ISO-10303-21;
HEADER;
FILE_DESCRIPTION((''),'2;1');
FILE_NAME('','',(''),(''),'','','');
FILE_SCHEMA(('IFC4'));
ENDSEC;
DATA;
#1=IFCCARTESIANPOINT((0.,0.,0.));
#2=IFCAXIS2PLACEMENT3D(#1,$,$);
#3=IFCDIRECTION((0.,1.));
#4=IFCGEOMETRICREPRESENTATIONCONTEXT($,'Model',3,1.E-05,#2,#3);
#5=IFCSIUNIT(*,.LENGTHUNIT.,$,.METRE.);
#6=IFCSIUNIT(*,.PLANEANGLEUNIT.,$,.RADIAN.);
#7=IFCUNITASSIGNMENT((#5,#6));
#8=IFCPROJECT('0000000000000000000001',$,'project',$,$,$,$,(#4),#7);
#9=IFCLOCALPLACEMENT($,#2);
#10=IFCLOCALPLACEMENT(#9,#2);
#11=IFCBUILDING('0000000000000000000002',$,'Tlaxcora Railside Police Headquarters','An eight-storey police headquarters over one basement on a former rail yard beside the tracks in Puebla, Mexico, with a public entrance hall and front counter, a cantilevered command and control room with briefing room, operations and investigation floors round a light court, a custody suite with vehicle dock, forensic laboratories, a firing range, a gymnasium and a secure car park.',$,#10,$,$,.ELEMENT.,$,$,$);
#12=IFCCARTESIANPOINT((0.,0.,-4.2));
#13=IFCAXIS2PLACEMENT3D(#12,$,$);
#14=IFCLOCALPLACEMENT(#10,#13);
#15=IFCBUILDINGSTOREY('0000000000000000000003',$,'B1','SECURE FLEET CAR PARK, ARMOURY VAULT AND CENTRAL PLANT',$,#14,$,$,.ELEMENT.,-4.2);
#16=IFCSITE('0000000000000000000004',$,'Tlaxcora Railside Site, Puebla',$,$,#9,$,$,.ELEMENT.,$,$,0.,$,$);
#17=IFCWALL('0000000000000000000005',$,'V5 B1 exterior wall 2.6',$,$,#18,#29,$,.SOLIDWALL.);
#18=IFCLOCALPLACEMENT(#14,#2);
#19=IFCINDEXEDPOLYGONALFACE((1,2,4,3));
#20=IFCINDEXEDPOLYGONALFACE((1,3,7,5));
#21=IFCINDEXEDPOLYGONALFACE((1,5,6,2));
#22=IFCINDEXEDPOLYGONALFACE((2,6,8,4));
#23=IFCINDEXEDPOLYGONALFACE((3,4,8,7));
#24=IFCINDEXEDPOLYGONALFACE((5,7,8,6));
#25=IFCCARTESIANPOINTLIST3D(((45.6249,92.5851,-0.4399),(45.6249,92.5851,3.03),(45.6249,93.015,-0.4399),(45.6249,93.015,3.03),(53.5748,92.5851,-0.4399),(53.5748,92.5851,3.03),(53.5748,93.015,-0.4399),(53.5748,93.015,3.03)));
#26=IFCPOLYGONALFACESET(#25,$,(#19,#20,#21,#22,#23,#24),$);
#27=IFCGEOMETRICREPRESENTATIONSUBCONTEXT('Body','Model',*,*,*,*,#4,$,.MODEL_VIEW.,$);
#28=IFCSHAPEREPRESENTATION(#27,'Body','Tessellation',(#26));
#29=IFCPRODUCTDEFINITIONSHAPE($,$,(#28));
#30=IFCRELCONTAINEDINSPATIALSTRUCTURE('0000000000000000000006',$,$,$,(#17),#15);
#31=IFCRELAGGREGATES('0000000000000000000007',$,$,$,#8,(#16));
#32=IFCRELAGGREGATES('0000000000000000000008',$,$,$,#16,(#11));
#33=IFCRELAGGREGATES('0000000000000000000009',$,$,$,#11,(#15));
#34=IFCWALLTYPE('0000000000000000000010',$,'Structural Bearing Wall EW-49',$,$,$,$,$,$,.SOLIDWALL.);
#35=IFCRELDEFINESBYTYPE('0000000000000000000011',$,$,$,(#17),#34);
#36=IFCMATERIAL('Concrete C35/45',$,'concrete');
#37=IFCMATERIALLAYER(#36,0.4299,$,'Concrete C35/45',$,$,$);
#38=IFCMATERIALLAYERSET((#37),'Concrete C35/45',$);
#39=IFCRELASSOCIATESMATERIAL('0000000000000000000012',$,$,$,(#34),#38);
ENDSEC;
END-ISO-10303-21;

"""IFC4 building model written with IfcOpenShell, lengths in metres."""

from ifc_helpers import new_model, si_unit, direction, frame, frame_2d, origin, place, context, subcontext, project, spatial, rectangle, extrude, material, layer, layer_set, type_object, element, save


model = new_model("IFC4")

# Units and contexts
model_context = context("Model", 3, precision=1e-05, world=origin(), true_north=direction((0.0, 1.0)))
body_context = subcontext(model_context, "Body", "Model", "MODEL_VIEW")
ifc_project = project(units=[si_unit("LENGTHUNIT", "METRE"), si_unit("PLANEANGLEUNIT", "RADIAN")], contexts=[model_context])

# Site, building, storey
site_placement = place(None, origin())
site = spatial("IfcSite", under=ifc_project, at=site_placement, Name="Tlaxcora Railside Site, Puebla", CompositionType="ELEMENT", RefElevation=0.0)
building_placement = place(site_placement, origin())
building = spatial("IfcBuilding", under=site, at=building_placement, Name="Tlaxcora Railside Police Headquarters", Description="An eight-storey police headquarters over one basement on a former rail yard beside the tracks in Puebla, Mexico, with a public entrance hall and front counter, a cantilevered command and control room with briefing room, operations and investigation floors round a light court, a custody suite with vehicle dock, forensic laboratories, a firing range, a gymnasium and a secure car park.", CompositionType="ELEMENT")
storey_placement = place(building_placement, frame((0.0, 0.0, -4.2)))
storey = spatial("IfcBuildingStorey", under=building, at=storey_placement, Name="B1", Description="SECURE FLEET CAR PARK, ARMOURY VAULT AND CENTRAL PLANT", CompositionType="ELEMENT", Elevation=-4.2)

# Shared definitions
ifc_material_1 = material(Name="Concrete C35/45", Category="concrete")

# Wall
ifc_layer_1 = layer(ifc_material_1, 0.4299, Name="Concrete C35/45")
ifc_layer_set_1 = layer_set([ifc_layer_1], Name="Concrete C35/45")
wall_type = type_object("IfcWallType", Name="Structural Bearing Wall EW-49", PredefinedType="SOLIDWALL", material=ifc_layer_set_1)
wall_placement = place(storey_placement, frame((53.575, 92.8, -0.4399), z_axis=(0.0, 0.0, 1.0), x_axis=(-1.0, 0.0, 0.0)))
element("IfcWall", 1, at=wall_placement, inside=storey, type_object=wall_type, Name="V5 B1 exterior wall 2.6", PredefinedType="SOLIDWALL", context=body_context, shape_type="SweptSolid", body=[
    extrude(rectangle(XDim=7.95, YDim=0.4299, at=frame_2d((3.9751, 0.0))), origin(), (0.0, 0.0, 1.0), 3.47),
])

save(model, "model.ifc")
